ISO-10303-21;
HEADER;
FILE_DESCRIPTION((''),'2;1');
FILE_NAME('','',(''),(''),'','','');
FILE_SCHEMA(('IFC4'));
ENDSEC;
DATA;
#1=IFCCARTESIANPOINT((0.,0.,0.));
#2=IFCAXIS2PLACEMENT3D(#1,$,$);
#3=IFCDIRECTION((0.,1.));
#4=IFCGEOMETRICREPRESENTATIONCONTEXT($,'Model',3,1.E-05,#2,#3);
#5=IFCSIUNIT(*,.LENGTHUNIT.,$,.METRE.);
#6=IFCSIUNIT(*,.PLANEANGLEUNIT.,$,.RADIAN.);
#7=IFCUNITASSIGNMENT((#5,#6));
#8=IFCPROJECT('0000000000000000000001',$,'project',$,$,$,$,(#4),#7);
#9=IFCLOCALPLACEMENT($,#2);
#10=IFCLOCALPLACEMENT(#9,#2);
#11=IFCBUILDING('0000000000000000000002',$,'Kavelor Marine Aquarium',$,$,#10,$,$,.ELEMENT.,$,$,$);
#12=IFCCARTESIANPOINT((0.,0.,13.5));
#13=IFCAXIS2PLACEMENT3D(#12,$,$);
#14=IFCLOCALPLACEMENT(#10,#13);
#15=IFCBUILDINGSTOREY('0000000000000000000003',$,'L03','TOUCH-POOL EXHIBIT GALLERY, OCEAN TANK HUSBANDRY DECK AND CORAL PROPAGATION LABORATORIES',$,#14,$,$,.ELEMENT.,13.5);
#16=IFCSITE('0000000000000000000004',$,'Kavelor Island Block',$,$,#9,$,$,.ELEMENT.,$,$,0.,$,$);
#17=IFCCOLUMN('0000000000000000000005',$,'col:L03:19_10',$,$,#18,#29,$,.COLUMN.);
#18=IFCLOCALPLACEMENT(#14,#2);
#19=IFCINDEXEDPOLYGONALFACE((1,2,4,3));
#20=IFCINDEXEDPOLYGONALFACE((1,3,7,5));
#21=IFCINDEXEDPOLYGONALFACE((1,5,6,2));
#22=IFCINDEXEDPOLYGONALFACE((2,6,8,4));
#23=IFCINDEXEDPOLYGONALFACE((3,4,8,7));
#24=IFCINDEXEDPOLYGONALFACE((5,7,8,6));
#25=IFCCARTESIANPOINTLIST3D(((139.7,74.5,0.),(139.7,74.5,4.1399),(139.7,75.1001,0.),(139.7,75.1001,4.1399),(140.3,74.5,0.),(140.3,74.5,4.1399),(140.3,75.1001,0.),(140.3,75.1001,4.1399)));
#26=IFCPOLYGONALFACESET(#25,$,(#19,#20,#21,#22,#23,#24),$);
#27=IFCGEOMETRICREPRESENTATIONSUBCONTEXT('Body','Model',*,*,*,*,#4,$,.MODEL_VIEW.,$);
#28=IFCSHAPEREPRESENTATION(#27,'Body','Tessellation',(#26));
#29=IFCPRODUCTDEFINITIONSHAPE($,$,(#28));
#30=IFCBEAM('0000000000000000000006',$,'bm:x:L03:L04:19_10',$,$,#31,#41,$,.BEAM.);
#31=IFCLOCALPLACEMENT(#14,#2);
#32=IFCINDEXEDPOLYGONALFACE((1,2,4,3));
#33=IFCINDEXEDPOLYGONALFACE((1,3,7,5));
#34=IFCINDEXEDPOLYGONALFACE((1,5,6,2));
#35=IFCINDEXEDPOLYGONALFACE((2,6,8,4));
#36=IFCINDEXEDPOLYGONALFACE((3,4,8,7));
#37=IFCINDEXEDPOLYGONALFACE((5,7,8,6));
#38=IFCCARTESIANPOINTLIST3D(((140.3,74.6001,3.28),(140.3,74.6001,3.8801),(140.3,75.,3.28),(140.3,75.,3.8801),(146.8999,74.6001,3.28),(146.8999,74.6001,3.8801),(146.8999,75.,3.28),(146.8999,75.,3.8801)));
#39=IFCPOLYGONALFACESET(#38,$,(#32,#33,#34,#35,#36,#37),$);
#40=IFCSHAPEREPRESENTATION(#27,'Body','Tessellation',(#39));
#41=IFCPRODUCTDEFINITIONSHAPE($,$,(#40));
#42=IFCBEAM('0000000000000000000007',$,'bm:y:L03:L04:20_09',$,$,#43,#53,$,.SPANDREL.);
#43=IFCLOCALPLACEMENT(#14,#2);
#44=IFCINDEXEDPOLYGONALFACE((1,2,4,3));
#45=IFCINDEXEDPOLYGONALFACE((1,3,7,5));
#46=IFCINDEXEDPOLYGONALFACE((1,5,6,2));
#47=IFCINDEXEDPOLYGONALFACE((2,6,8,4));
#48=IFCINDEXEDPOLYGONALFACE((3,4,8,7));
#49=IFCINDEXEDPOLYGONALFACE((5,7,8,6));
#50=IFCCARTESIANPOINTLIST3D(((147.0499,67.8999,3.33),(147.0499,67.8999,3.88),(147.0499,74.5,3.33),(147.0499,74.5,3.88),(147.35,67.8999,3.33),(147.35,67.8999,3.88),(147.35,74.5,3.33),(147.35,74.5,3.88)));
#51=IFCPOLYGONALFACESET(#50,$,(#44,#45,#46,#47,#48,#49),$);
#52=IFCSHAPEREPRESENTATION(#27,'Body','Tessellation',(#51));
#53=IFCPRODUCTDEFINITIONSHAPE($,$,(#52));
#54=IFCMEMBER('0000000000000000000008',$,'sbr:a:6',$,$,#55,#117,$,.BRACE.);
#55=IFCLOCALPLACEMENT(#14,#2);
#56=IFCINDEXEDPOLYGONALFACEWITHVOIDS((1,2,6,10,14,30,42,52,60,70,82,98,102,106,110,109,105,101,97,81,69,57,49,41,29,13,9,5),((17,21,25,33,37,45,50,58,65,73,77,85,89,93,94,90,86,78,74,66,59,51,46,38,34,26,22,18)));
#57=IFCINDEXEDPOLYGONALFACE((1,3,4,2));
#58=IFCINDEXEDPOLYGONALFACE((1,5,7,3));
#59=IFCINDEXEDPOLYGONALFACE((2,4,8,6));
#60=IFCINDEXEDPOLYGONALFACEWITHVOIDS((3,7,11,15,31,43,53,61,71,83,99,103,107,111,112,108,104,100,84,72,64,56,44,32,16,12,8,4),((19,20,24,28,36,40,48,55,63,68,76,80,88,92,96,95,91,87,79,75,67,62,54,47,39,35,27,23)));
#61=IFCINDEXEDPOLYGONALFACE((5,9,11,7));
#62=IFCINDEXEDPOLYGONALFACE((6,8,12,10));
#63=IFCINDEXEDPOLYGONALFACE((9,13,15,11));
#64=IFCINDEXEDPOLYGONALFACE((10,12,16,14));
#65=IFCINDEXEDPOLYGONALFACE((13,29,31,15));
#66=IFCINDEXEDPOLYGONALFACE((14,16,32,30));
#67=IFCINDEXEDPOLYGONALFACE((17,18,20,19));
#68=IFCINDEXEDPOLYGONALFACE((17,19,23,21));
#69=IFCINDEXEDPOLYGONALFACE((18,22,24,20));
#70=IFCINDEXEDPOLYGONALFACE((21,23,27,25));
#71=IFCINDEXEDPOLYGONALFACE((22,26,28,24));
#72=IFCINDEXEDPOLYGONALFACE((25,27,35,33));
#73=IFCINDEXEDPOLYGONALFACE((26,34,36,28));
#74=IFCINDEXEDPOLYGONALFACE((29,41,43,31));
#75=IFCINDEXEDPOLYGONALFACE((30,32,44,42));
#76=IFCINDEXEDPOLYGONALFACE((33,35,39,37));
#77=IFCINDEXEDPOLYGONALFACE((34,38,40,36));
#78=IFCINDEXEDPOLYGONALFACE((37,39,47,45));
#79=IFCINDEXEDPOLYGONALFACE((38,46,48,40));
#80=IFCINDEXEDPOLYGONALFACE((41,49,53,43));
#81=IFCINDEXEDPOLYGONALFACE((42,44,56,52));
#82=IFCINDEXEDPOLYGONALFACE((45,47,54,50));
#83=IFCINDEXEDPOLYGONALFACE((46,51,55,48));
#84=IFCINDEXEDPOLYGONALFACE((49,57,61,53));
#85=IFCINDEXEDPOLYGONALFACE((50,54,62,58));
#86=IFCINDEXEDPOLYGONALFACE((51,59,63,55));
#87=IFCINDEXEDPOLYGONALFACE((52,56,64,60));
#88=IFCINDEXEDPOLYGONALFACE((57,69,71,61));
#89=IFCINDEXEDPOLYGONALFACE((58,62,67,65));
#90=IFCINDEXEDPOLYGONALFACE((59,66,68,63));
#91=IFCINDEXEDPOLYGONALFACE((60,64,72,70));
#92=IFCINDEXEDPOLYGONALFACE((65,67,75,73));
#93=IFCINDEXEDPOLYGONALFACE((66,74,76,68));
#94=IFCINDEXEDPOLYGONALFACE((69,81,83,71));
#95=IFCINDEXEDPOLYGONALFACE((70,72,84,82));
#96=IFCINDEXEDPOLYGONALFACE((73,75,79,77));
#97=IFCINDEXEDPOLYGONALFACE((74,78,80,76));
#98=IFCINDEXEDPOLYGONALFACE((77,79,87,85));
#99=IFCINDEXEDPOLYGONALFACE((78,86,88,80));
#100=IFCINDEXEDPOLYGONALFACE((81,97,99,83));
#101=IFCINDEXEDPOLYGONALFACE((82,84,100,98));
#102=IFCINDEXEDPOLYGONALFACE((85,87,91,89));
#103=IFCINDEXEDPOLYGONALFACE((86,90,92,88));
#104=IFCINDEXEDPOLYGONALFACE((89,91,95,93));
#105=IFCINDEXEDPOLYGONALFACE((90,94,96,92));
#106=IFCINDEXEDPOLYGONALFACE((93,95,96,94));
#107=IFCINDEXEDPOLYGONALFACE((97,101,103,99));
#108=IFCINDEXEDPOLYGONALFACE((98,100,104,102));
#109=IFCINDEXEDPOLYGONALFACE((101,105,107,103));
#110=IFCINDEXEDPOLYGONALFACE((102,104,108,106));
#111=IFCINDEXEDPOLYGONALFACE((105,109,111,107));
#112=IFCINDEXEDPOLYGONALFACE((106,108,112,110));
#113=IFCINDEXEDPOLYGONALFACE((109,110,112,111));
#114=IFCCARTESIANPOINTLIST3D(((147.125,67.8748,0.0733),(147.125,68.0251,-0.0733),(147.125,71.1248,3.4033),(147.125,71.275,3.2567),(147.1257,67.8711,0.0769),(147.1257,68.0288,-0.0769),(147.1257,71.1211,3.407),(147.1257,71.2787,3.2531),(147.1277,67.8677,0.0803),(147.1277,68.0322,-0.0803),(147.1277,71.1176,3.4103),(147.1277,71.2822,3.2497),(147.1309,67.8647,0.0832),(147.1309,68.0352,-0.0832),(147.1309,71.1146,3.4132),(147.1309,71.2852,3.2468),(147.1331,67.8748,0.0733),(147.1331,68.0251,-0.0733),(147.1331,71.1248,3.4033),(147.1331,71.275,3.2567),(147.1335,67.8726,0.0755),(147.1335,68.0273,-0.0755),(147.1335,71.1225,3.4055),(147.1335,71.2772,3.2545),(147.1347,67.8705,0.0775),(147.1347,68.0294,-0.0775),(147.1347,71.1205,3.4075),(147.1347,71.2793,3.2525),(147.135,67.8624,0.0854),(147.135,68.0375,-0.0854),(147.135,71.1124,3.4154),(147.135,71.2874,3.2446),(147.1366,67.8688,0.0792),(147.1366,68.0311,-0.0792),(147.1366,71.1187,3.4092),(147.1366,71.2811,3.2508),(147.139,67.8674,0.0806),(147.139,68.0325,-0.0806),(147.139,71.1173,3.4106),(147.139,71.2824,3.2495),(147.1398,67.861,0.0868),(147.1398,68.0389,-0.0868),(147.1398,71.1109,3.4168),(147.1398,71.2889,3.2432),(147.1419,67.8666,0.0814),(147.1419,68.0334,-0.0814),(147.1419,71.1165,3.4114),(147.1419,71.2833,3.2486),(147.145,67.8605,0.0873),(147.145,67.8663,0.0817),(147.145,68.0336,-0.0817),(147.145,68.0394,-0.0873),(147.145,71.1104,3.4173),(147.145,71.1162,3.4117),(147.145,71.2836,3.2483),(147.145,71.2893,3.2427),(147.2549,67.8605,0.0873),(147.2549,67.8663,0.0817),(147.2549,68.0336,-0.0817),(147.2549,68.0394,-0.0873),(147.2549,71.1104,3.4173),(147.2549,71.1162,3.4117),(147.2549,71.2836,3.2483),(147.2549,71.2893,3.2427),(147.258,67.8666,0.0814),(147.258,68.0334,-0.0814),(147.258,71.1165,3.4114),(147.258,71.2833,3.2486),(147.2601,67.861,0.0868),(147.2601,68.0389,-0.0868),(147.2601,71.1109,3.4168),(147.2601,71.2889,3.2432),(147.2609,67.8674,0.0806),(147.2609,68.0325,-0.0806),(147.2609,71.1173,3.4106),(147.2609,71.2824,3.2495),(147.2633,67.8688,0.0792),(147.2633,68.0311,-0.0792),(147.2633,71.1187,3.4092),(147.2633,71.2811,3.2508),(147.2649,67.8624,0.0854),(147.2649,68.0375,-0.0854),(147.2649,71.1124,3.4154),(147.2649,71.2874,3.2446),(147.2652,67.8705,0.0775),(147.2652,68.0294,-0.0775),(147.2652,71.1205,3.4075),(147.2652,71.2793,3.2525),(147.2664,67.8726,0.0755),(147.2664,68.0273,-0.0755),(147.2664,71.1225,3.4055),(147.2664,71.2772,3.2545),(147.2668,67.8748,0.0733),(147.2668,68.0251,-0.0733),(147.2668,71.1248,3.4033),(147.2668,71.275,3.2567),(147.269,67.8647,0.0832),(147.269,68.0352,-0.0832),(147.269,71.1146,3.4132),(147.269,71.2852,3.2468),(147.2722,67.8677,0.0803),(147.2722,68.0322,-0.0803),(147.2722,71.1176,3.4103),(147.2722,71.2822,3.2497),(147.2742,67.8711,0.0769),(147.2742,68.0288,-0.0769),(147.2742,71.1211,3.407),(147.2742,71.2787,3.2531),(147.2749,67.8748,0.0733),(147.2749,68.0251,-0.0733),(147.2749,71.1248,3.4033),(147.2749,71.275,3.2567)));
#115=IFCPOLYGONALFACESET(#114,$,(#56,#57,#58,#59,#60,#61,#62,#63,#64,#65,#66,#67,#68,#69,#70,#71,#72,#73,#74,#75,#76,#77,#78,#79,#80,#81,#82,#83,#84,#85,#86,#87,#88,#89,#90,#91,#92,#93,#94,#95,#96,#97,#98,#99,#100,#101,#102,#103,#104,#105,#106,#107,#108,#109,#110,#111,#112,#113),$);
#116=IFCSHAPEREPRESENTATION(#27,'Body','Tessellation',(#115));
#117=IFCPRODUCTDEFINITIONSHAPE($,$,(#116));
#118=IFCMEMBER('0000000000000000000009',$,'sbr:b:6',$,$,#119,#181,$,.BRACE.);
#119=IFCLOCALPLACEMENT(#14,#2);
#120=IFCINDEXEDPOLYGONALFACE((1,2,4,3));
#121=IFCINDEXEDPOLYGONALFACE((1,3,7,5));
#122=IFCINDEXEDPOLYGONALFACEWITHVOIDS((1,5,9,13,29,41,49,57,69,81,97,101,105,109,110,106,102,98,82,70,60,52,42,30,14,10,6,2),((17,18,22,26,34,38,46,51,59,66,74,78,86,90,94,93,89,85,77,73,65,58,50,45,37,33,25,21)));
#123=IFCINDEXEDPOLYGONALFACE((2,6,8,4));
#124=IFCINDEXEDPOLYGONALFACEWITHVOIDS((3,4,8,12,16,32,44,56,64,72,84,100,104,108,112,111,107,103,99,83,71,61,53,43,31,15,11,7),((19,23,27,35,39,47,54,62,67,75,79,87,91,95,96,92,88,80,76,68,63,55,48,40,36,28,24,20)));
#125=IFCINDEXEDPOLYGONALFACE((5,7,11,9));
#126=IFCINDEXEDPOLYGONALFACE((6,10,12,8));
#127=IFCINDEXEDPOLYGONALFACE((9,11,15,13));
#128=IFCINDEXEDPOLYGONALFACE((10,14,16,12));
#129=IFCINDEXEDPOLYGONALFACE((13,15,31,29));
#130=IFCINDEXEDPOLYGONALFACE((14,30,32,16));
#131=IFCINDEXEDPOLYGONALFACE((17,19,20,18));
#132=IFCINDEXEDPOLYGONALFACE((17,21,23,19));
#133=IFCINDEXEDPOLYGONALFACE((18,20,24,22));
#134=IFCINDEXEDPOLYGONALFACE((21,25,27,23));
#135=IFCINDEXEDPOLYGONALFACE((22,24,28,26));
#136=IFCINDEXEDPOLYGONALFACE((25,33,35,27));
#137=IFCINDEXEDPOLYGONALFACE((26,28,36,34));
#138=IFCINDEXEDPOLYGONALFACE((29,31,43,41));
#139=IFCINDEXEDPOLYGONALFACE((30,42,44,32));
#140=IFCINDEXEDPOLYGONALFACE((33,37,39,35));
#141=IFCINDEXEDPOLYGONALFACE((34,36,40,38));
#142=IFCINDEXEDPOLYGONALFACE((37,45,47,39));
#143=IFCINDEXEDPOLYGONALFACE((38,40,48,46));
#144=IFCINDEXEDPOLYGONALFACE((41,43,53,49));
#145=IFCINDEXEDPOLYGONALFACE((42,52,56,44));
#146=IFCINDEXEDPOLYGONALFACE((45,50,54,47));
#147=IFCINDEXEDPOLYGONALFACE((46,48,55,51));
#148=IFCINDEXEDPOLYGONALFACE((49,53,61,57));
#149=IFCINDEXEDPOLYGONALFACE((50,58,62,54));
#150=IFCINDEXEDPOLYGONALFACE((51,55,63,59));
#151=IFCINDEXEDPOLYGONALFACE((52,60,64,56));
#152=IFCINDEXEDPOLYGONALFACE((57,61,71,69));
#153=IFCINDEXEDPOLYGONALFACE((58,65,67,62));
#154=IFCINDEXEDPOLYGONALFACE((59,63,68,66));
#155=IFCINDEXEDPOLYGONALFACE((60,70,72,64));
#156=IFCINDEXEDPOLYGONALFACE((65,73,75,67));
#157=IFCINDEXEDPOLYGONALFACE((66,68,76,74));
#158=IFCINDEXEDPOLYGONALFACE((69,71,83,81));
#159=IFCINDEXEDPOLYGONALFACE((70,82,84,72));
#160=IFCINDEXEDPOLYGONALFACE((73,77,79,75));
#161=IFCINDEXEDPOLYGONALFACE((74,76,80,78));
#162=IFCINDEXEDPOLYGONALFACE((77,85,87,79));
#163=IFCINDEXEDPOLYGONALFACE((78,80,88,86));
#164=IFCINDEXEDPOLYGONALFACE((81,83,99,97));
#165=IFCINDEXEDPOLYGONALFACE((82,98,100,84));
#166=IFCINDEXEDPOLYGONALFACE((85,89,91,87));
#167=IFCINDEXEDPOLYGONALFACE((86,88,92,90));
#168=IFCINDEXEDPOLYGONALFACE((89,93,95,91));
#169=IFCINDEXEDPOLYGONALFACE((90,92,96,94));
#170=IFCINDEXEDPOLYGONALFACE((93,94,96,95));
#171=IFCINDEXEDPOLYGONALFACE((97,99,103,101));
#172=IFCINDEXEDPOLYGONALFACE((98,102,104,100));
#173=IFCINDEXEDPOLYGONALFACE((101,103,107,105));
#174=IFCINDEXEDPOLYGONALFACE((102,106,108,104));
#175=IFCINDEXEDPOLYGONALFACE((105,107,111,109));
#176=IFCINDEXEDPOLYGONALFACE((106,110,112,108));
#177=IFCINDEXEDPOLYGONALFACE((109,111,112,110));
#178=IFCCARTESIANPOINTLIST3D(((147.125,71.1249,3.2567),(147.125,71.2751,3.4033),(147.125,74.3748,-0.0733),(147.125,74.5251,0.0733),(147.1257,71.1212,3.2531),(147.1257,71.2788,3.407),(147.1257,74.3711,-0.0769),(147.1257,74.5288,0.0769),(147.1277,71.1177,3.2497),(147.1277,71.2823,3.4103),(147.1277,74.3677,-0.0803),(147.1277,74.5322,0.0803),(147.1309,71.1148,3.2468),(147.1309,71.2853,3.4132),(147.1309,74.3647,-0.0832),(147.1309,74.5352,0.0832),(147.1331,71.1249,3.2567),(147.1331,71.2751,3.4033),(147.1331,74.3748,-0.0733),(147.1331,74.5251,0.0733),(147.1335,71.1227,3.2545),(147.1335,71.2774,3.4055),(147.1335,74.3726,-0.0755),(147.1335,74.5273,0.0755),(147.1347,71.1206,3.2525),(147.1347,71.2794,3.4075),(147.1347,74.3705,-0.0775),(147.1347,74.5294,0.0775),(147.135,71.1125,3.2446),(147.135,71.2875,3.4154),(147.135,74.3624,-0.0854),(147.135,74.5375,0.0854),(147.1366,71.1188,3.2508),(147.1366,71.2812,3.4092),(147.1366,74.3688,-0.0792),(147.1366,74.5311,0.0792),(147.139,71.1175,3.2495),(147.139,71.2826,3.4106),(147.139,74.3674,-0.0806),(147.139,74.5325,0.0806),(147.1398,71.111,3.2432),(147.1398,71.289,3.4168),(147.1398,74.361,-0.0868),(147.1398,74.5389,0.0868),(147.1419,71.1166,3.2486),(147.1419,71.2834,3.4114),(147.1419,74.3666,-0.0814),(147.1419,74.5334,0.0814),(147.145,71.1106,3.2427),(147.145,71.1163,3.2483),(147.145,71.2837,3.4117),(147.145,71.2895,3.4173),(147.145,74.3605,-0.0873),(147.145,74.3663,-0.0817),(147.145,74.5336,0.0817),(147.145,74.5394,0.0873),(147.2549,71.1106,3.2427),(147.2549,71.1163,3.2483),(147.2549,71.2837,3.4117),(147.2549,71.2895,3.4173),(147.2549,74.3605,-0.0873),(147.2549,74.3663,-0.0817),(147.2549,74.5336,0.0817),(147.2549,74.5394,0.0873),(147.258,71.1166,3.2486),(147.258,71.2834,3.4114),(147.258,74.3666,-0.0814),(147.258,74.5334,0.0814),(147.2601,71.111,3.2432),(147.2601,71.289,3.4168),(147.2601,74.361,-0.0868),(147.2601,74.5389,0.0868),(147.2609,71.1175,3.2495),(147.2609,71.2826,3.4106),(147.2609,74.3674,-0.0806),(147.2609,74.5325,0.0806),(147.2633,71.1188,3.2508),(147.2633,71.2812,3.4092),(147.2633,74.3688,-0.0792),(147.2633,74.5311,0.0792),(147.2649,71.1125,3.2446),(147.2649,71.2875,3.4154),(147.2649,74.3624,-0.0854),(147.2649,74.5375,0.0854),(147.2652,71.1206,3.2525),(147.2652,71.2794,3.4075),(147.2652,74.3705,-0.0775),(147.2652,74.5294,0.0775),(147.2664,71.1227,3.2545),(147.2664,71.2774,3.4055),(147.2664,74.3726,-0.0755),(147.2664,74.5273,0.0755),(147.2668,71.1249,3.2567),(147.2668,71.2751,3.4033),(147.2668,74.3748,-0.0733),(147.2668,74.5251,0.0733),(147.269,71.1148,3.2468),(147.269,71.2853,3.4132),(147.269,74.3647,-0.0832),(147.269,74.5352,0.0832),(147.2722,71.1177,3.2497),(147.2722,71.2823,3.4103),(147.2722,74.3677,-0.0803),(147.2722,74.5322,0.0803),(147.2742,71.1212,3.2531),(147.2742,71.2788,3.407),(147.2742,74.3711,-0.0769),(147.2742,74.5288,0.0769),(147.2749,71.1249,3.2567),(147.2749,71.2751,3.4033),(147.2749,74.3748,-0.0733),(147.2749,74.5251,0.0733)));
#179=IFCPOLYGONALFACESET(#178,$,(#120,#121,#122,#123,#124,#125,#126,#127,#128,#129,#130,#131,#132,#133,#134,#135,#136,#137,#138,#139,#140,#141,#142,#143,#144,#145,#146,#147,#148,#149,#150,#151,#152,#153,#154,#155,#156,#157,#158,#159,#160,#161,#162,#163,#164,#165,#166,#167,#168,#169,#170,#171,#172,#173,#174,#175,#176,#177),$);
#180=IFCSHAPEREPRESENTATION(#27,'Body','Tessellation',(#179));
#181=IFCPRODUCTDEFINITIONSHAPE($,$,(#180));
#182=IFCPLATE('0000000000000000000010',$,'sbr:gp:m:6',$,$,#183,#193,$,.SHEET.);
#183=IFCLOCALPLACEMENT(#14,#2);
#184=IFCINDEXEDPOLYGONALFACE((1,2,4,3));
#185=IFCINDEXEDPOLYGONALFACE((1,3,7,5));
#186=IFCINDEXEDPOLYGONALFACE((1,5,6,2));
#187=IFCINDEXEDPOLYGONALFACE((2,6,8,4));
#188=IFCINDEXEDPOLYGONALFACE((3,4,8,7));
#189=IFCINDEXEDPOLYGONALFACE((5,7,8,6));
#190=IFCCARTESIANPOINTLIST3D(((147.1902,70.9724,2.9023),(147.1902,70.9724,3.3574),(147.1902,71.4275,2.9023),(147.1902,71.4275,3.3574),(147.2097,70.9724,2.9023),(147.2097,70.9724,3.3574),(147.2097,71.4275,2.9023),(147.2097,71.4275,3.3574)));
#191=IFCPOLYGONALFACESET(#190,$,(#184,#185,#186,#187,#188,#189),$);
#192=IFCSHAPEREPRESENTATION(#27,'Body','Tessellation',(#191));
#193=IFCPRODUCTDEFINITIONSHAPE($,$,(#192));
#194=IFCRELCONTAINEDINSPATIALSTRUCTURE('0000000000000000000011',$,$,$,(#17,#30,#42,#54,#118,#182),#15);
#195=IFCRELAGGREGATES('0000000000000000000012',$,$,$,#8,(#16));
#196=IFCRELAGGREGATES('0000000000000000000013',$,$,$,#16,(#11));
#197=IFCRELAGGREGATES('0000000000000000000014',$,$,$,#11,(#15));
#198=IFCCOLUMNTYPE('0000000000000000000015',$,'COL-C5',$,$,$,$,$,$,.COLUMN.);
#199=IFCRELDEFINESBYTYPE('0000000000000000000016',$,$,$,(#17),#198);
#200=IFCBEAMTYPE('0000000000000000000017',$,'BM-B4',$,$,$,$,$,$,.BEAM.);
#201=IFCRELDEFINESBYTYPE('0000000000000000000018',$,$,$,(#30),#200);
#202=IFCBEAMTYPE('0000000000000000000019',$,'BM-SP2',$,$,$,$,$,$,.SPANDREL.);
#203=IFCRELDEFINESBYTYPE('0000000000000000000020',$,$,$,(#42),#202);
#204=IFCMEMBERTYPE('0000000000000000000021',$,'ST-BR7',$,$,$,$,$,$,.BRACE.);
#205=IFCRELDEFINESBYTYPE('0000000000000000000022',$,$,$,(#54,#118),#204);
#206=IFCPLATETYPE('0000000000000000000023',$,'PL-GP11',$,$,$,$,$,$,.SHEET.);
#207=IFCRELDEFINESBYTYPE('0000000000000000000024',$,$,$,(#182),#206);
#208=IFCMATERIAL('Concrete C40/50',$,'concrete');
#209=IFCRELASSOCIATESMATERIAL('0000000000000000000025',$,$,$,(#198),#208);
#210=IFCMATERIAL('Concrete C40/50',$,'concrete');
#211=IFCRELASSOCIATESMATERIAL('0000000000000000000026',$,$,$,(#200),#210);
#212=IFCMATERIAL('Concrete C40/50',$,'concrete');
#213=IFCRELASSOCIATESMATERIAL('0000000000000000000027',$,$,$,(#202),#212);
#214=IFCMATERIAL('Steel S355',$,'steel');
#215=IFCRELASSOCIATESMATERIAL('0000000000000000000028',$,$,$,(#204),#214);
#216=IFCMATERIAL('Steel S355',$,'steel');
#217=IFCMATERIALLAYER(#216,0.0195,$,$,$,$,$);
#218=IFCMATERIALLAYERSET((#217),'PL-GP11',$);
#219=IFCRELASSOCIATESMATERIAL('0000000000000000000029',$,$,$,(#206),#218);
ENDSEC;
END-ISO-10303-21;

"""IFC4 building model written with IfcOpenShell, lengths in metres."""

from ifc_helpers import new_model, si_unit, direction, frame, origin, origin_2d, place, context, subcontext, project, spatial, rectangle, hollow_rectangle, extrude, material, layer, layer_set, material_profile, profile_set, type_object, element, save


model = new_model("IFC4")

# Units and contexts
model_context = context("Model", 3, precision=1e-05, world=origin(), true_north=direction((0.0, 1.0)))
body_context = subcontext(model_context, "Body", "Model", "MODEL_VIEW")
ifc_project = project(units=[si_unit("LENGTHUNIT", "METRE"), si_unit("PLANEANGLEUNIT", "RADIAN")], contexts=[model_context])

# Site, building, storey
site_placement = place(None, origin())
site = spatial("IfcSite", under=ifc_project, at=site_placement, Name="Kavelor Island Block", CompositionType="ELEMENT", RefElevation=0.0)
building_placement = place(site_placement, origin())
building = spatial("IfcBuilding", under=site, at=building_placement, Name="Kavelor Marine Aquarium", CompositionType="ELEMENT")
storey_placement = place(building_placement, frame((0.0, 0.0, 13.5)))
storey = spatial("IfcBuildingStorey", under=building, at=storey_placement, Name="L03", Description="TOUCH-POOL EXHIBIT GALLERY, OCEAN TANK HUSBANDRY DECK AND CORAL PROPAGATION LABORATORIES", CompositionType="ELEMENT", Elevation=13.5)

# Column
ifc_material_1 = material(Name="Concrete C40/50", Category="concrete")
ifc_material_profile_1 = material_profile(ifc_material_1, rectangle(XDim=0.6001, YDim=0.6001, at=origin_2d()), Name="RC-COL 600x600")
ifc_profile_set_1 = profile_set([ifc_material_profile_1], Name="Concrete C40/50")
column_type = type_object("IfcColumnType", Name="COL-C5", PredefinedType="COLUMN", material=ifc_profile_set_1)
column_placement = place(storey_placement, frame((140.0, 74.8, 0.0), z_axis=(0.0, 0.0, 1.0), x_axis=(1.0, 0.0, 0.0)))
element("IfcColumn", 1, at=column_placement, inside=storey, type_object=column_type, Name="col:L03:19_10", PredefinedType="COLUMN", context=body_context, shape_type="SweptSolid", body=[
    extrude(rectangle(XDim=0.6001, YDim=0.6001, at=origin_2d()), origin(), (0.0, 0.0, 1.0), 4.1399),
])

# Beams
ifc_material_2 = material(Name="Concrete C40/50", Category="concrete")
ifc_material_profile_2 = material_profile(ifc_material_2, rectangle(XDim=0.3999, YDim=0.6001, at=origin_2d()), Name="RC-BM 400x600")
ifc_profile_set_2 = profile_set([ifc_material_profile_2], Name="Concrete C40/50")
beam_type_1 = type_object("IfcBeamType", Name="BM-B4", PredefinedType="BEAM", material=ifc_profile_set_2)
beam_1_placement = place(storey_placement, frame((140.3, 74.8, 3.5801), z_axis=(1.0, 0.0, 0.0), x_axis=(0.0, 1.0, 0.0)))
element("IfcBeam", 2, at=beam_1_placement, inside=storey, type_object=beam_type_1, Name="bm:x:L03:L04:19_10", PredefinedType="BEAM", context=body_context, shape_type="SweptSolid", body=[
    extrude(rectangle(XDim=0.3999, YDim=0.6001, at=origin_2d()), origin(), (0.0, 0.0, 1.0), 6.5999),
])
ifc_material_3 = material(Name="Concrete C40/50", Category="concrete")
ifc_material_profile_3 = material_profile(ifc_material_3, rectangle(XDim=0.3, YDim=0.55, at=origin_2d()), Name="RC-SP 300x550")
ifc_profile_set_3 = profile_set([ifc_material_profile_3], Name="Concrete C40/50")
beam_type_2 = type_object("IfcBeamType", Name="BM-SP2", PredefinedType="SPANDREL", material=ifc_profile_set_3)
beam_2_placement = place(storey_placement, frame((147.2, 67.8999, 3.605), z_axis=(0.0, 1.0, 0.0), x_axis=(-1.0, 0.0, 0.0)))
element("IfcBeam", 3, at=beam_2_placement, inside=storey, type_object=beam_type_2, Name="bm:y:L03:L04:20_09", PredefinedType="SPANDREL", context=body_context, shape_type="SweptSolid", body=[
    extrude(rectangle(XDim=0.3, YDim=0.55, at=origin_2d()), origin(), (0.0, 0.0, 1.0), 6.6001),
])

# Members
ifc_material_4 = material(Name="Steel S355", Category="steel")
ifc_material_profile_4 = material_profile(ifc_material_4, hollow_rectangle(XDim=0.1499, YDim=0.25, WallThickness=0.0081, InnerFilletRadius=0.012, OuterFilletRadius=0.02, at=origin_2d()), Name="RHS 250x150x8.0")
ifc_profile_set_4 = profile_set([ifc_material_profile_4], Name="Steel S355")
member_type = type_object("IfcMemberType", Name="ST-BR7", PredefinedType="BRACE", material=ifc_profile_set_4)
for number, where, z_axis, x_axis, name in (
    (4, (147.2, 67.95, 0.0), (0.0, 0.69845, 0.715659), (-1.0, 0.0, 0.0), "sbr:a:6"),
    (5, (147.2, 74.45, 0.0), (0.0, -0.69845, 0.715659), (1.0, 0.0, 0.0), "sbr:b:6"),
):
    element("IfcMember", number, at=place(storey_placement, frame(where, z_axis=z_axis, x_axis=x_axis)), inside=storey, type_object=member_type, Name=name, PredefinedType="BRACE", context=body_context, shape_type="SweptSolid", body=[
        extrude(hollow_rectangle(XDim=0.1499, YDim=0.25, WallThickness=0.0081, InnerFilletRadius=0.012, OuterFilletRadius=0.02, at=origin_2d()), origin(), (0.0, 0.0, 1.0), 4.6531),
    ])

# Plate
ifc_material_5 = material(Name="Steel S355", Category="steel")
ifc_layer_1 = layer(ifc_material_5, 0.0195)
ifc_layer_set_1 = layer_set([ifc_layer_1], Name="PL-GP11")
plate_type_1 = type_object("IfcPlateType", Name="PL-GP11", PredefinedType="SHEET", material=ifc_layer_set_1)
plate_placement = place(storey_placement, frame((147.2, 71.2, 2.9023), z_axis=(0.0, 0.0, 1.0), x_axis=(1.0, 0.0, 0.0)))
element("IfcPlate", 6, at=plate_placement, inside=storey, type_object=plate_type_1, Name="sbr:gp:m:6", PredefinedType="SHEET", context=body_context, shape_type="SweptSolid", body=[
    extrude(rectangle(XDim=0.0195, YDim=0.4551, at=origin_2d()), origin(), (0.0, 0.0, 1.0), 0.4551),
])

save(model, "model.ifc")
